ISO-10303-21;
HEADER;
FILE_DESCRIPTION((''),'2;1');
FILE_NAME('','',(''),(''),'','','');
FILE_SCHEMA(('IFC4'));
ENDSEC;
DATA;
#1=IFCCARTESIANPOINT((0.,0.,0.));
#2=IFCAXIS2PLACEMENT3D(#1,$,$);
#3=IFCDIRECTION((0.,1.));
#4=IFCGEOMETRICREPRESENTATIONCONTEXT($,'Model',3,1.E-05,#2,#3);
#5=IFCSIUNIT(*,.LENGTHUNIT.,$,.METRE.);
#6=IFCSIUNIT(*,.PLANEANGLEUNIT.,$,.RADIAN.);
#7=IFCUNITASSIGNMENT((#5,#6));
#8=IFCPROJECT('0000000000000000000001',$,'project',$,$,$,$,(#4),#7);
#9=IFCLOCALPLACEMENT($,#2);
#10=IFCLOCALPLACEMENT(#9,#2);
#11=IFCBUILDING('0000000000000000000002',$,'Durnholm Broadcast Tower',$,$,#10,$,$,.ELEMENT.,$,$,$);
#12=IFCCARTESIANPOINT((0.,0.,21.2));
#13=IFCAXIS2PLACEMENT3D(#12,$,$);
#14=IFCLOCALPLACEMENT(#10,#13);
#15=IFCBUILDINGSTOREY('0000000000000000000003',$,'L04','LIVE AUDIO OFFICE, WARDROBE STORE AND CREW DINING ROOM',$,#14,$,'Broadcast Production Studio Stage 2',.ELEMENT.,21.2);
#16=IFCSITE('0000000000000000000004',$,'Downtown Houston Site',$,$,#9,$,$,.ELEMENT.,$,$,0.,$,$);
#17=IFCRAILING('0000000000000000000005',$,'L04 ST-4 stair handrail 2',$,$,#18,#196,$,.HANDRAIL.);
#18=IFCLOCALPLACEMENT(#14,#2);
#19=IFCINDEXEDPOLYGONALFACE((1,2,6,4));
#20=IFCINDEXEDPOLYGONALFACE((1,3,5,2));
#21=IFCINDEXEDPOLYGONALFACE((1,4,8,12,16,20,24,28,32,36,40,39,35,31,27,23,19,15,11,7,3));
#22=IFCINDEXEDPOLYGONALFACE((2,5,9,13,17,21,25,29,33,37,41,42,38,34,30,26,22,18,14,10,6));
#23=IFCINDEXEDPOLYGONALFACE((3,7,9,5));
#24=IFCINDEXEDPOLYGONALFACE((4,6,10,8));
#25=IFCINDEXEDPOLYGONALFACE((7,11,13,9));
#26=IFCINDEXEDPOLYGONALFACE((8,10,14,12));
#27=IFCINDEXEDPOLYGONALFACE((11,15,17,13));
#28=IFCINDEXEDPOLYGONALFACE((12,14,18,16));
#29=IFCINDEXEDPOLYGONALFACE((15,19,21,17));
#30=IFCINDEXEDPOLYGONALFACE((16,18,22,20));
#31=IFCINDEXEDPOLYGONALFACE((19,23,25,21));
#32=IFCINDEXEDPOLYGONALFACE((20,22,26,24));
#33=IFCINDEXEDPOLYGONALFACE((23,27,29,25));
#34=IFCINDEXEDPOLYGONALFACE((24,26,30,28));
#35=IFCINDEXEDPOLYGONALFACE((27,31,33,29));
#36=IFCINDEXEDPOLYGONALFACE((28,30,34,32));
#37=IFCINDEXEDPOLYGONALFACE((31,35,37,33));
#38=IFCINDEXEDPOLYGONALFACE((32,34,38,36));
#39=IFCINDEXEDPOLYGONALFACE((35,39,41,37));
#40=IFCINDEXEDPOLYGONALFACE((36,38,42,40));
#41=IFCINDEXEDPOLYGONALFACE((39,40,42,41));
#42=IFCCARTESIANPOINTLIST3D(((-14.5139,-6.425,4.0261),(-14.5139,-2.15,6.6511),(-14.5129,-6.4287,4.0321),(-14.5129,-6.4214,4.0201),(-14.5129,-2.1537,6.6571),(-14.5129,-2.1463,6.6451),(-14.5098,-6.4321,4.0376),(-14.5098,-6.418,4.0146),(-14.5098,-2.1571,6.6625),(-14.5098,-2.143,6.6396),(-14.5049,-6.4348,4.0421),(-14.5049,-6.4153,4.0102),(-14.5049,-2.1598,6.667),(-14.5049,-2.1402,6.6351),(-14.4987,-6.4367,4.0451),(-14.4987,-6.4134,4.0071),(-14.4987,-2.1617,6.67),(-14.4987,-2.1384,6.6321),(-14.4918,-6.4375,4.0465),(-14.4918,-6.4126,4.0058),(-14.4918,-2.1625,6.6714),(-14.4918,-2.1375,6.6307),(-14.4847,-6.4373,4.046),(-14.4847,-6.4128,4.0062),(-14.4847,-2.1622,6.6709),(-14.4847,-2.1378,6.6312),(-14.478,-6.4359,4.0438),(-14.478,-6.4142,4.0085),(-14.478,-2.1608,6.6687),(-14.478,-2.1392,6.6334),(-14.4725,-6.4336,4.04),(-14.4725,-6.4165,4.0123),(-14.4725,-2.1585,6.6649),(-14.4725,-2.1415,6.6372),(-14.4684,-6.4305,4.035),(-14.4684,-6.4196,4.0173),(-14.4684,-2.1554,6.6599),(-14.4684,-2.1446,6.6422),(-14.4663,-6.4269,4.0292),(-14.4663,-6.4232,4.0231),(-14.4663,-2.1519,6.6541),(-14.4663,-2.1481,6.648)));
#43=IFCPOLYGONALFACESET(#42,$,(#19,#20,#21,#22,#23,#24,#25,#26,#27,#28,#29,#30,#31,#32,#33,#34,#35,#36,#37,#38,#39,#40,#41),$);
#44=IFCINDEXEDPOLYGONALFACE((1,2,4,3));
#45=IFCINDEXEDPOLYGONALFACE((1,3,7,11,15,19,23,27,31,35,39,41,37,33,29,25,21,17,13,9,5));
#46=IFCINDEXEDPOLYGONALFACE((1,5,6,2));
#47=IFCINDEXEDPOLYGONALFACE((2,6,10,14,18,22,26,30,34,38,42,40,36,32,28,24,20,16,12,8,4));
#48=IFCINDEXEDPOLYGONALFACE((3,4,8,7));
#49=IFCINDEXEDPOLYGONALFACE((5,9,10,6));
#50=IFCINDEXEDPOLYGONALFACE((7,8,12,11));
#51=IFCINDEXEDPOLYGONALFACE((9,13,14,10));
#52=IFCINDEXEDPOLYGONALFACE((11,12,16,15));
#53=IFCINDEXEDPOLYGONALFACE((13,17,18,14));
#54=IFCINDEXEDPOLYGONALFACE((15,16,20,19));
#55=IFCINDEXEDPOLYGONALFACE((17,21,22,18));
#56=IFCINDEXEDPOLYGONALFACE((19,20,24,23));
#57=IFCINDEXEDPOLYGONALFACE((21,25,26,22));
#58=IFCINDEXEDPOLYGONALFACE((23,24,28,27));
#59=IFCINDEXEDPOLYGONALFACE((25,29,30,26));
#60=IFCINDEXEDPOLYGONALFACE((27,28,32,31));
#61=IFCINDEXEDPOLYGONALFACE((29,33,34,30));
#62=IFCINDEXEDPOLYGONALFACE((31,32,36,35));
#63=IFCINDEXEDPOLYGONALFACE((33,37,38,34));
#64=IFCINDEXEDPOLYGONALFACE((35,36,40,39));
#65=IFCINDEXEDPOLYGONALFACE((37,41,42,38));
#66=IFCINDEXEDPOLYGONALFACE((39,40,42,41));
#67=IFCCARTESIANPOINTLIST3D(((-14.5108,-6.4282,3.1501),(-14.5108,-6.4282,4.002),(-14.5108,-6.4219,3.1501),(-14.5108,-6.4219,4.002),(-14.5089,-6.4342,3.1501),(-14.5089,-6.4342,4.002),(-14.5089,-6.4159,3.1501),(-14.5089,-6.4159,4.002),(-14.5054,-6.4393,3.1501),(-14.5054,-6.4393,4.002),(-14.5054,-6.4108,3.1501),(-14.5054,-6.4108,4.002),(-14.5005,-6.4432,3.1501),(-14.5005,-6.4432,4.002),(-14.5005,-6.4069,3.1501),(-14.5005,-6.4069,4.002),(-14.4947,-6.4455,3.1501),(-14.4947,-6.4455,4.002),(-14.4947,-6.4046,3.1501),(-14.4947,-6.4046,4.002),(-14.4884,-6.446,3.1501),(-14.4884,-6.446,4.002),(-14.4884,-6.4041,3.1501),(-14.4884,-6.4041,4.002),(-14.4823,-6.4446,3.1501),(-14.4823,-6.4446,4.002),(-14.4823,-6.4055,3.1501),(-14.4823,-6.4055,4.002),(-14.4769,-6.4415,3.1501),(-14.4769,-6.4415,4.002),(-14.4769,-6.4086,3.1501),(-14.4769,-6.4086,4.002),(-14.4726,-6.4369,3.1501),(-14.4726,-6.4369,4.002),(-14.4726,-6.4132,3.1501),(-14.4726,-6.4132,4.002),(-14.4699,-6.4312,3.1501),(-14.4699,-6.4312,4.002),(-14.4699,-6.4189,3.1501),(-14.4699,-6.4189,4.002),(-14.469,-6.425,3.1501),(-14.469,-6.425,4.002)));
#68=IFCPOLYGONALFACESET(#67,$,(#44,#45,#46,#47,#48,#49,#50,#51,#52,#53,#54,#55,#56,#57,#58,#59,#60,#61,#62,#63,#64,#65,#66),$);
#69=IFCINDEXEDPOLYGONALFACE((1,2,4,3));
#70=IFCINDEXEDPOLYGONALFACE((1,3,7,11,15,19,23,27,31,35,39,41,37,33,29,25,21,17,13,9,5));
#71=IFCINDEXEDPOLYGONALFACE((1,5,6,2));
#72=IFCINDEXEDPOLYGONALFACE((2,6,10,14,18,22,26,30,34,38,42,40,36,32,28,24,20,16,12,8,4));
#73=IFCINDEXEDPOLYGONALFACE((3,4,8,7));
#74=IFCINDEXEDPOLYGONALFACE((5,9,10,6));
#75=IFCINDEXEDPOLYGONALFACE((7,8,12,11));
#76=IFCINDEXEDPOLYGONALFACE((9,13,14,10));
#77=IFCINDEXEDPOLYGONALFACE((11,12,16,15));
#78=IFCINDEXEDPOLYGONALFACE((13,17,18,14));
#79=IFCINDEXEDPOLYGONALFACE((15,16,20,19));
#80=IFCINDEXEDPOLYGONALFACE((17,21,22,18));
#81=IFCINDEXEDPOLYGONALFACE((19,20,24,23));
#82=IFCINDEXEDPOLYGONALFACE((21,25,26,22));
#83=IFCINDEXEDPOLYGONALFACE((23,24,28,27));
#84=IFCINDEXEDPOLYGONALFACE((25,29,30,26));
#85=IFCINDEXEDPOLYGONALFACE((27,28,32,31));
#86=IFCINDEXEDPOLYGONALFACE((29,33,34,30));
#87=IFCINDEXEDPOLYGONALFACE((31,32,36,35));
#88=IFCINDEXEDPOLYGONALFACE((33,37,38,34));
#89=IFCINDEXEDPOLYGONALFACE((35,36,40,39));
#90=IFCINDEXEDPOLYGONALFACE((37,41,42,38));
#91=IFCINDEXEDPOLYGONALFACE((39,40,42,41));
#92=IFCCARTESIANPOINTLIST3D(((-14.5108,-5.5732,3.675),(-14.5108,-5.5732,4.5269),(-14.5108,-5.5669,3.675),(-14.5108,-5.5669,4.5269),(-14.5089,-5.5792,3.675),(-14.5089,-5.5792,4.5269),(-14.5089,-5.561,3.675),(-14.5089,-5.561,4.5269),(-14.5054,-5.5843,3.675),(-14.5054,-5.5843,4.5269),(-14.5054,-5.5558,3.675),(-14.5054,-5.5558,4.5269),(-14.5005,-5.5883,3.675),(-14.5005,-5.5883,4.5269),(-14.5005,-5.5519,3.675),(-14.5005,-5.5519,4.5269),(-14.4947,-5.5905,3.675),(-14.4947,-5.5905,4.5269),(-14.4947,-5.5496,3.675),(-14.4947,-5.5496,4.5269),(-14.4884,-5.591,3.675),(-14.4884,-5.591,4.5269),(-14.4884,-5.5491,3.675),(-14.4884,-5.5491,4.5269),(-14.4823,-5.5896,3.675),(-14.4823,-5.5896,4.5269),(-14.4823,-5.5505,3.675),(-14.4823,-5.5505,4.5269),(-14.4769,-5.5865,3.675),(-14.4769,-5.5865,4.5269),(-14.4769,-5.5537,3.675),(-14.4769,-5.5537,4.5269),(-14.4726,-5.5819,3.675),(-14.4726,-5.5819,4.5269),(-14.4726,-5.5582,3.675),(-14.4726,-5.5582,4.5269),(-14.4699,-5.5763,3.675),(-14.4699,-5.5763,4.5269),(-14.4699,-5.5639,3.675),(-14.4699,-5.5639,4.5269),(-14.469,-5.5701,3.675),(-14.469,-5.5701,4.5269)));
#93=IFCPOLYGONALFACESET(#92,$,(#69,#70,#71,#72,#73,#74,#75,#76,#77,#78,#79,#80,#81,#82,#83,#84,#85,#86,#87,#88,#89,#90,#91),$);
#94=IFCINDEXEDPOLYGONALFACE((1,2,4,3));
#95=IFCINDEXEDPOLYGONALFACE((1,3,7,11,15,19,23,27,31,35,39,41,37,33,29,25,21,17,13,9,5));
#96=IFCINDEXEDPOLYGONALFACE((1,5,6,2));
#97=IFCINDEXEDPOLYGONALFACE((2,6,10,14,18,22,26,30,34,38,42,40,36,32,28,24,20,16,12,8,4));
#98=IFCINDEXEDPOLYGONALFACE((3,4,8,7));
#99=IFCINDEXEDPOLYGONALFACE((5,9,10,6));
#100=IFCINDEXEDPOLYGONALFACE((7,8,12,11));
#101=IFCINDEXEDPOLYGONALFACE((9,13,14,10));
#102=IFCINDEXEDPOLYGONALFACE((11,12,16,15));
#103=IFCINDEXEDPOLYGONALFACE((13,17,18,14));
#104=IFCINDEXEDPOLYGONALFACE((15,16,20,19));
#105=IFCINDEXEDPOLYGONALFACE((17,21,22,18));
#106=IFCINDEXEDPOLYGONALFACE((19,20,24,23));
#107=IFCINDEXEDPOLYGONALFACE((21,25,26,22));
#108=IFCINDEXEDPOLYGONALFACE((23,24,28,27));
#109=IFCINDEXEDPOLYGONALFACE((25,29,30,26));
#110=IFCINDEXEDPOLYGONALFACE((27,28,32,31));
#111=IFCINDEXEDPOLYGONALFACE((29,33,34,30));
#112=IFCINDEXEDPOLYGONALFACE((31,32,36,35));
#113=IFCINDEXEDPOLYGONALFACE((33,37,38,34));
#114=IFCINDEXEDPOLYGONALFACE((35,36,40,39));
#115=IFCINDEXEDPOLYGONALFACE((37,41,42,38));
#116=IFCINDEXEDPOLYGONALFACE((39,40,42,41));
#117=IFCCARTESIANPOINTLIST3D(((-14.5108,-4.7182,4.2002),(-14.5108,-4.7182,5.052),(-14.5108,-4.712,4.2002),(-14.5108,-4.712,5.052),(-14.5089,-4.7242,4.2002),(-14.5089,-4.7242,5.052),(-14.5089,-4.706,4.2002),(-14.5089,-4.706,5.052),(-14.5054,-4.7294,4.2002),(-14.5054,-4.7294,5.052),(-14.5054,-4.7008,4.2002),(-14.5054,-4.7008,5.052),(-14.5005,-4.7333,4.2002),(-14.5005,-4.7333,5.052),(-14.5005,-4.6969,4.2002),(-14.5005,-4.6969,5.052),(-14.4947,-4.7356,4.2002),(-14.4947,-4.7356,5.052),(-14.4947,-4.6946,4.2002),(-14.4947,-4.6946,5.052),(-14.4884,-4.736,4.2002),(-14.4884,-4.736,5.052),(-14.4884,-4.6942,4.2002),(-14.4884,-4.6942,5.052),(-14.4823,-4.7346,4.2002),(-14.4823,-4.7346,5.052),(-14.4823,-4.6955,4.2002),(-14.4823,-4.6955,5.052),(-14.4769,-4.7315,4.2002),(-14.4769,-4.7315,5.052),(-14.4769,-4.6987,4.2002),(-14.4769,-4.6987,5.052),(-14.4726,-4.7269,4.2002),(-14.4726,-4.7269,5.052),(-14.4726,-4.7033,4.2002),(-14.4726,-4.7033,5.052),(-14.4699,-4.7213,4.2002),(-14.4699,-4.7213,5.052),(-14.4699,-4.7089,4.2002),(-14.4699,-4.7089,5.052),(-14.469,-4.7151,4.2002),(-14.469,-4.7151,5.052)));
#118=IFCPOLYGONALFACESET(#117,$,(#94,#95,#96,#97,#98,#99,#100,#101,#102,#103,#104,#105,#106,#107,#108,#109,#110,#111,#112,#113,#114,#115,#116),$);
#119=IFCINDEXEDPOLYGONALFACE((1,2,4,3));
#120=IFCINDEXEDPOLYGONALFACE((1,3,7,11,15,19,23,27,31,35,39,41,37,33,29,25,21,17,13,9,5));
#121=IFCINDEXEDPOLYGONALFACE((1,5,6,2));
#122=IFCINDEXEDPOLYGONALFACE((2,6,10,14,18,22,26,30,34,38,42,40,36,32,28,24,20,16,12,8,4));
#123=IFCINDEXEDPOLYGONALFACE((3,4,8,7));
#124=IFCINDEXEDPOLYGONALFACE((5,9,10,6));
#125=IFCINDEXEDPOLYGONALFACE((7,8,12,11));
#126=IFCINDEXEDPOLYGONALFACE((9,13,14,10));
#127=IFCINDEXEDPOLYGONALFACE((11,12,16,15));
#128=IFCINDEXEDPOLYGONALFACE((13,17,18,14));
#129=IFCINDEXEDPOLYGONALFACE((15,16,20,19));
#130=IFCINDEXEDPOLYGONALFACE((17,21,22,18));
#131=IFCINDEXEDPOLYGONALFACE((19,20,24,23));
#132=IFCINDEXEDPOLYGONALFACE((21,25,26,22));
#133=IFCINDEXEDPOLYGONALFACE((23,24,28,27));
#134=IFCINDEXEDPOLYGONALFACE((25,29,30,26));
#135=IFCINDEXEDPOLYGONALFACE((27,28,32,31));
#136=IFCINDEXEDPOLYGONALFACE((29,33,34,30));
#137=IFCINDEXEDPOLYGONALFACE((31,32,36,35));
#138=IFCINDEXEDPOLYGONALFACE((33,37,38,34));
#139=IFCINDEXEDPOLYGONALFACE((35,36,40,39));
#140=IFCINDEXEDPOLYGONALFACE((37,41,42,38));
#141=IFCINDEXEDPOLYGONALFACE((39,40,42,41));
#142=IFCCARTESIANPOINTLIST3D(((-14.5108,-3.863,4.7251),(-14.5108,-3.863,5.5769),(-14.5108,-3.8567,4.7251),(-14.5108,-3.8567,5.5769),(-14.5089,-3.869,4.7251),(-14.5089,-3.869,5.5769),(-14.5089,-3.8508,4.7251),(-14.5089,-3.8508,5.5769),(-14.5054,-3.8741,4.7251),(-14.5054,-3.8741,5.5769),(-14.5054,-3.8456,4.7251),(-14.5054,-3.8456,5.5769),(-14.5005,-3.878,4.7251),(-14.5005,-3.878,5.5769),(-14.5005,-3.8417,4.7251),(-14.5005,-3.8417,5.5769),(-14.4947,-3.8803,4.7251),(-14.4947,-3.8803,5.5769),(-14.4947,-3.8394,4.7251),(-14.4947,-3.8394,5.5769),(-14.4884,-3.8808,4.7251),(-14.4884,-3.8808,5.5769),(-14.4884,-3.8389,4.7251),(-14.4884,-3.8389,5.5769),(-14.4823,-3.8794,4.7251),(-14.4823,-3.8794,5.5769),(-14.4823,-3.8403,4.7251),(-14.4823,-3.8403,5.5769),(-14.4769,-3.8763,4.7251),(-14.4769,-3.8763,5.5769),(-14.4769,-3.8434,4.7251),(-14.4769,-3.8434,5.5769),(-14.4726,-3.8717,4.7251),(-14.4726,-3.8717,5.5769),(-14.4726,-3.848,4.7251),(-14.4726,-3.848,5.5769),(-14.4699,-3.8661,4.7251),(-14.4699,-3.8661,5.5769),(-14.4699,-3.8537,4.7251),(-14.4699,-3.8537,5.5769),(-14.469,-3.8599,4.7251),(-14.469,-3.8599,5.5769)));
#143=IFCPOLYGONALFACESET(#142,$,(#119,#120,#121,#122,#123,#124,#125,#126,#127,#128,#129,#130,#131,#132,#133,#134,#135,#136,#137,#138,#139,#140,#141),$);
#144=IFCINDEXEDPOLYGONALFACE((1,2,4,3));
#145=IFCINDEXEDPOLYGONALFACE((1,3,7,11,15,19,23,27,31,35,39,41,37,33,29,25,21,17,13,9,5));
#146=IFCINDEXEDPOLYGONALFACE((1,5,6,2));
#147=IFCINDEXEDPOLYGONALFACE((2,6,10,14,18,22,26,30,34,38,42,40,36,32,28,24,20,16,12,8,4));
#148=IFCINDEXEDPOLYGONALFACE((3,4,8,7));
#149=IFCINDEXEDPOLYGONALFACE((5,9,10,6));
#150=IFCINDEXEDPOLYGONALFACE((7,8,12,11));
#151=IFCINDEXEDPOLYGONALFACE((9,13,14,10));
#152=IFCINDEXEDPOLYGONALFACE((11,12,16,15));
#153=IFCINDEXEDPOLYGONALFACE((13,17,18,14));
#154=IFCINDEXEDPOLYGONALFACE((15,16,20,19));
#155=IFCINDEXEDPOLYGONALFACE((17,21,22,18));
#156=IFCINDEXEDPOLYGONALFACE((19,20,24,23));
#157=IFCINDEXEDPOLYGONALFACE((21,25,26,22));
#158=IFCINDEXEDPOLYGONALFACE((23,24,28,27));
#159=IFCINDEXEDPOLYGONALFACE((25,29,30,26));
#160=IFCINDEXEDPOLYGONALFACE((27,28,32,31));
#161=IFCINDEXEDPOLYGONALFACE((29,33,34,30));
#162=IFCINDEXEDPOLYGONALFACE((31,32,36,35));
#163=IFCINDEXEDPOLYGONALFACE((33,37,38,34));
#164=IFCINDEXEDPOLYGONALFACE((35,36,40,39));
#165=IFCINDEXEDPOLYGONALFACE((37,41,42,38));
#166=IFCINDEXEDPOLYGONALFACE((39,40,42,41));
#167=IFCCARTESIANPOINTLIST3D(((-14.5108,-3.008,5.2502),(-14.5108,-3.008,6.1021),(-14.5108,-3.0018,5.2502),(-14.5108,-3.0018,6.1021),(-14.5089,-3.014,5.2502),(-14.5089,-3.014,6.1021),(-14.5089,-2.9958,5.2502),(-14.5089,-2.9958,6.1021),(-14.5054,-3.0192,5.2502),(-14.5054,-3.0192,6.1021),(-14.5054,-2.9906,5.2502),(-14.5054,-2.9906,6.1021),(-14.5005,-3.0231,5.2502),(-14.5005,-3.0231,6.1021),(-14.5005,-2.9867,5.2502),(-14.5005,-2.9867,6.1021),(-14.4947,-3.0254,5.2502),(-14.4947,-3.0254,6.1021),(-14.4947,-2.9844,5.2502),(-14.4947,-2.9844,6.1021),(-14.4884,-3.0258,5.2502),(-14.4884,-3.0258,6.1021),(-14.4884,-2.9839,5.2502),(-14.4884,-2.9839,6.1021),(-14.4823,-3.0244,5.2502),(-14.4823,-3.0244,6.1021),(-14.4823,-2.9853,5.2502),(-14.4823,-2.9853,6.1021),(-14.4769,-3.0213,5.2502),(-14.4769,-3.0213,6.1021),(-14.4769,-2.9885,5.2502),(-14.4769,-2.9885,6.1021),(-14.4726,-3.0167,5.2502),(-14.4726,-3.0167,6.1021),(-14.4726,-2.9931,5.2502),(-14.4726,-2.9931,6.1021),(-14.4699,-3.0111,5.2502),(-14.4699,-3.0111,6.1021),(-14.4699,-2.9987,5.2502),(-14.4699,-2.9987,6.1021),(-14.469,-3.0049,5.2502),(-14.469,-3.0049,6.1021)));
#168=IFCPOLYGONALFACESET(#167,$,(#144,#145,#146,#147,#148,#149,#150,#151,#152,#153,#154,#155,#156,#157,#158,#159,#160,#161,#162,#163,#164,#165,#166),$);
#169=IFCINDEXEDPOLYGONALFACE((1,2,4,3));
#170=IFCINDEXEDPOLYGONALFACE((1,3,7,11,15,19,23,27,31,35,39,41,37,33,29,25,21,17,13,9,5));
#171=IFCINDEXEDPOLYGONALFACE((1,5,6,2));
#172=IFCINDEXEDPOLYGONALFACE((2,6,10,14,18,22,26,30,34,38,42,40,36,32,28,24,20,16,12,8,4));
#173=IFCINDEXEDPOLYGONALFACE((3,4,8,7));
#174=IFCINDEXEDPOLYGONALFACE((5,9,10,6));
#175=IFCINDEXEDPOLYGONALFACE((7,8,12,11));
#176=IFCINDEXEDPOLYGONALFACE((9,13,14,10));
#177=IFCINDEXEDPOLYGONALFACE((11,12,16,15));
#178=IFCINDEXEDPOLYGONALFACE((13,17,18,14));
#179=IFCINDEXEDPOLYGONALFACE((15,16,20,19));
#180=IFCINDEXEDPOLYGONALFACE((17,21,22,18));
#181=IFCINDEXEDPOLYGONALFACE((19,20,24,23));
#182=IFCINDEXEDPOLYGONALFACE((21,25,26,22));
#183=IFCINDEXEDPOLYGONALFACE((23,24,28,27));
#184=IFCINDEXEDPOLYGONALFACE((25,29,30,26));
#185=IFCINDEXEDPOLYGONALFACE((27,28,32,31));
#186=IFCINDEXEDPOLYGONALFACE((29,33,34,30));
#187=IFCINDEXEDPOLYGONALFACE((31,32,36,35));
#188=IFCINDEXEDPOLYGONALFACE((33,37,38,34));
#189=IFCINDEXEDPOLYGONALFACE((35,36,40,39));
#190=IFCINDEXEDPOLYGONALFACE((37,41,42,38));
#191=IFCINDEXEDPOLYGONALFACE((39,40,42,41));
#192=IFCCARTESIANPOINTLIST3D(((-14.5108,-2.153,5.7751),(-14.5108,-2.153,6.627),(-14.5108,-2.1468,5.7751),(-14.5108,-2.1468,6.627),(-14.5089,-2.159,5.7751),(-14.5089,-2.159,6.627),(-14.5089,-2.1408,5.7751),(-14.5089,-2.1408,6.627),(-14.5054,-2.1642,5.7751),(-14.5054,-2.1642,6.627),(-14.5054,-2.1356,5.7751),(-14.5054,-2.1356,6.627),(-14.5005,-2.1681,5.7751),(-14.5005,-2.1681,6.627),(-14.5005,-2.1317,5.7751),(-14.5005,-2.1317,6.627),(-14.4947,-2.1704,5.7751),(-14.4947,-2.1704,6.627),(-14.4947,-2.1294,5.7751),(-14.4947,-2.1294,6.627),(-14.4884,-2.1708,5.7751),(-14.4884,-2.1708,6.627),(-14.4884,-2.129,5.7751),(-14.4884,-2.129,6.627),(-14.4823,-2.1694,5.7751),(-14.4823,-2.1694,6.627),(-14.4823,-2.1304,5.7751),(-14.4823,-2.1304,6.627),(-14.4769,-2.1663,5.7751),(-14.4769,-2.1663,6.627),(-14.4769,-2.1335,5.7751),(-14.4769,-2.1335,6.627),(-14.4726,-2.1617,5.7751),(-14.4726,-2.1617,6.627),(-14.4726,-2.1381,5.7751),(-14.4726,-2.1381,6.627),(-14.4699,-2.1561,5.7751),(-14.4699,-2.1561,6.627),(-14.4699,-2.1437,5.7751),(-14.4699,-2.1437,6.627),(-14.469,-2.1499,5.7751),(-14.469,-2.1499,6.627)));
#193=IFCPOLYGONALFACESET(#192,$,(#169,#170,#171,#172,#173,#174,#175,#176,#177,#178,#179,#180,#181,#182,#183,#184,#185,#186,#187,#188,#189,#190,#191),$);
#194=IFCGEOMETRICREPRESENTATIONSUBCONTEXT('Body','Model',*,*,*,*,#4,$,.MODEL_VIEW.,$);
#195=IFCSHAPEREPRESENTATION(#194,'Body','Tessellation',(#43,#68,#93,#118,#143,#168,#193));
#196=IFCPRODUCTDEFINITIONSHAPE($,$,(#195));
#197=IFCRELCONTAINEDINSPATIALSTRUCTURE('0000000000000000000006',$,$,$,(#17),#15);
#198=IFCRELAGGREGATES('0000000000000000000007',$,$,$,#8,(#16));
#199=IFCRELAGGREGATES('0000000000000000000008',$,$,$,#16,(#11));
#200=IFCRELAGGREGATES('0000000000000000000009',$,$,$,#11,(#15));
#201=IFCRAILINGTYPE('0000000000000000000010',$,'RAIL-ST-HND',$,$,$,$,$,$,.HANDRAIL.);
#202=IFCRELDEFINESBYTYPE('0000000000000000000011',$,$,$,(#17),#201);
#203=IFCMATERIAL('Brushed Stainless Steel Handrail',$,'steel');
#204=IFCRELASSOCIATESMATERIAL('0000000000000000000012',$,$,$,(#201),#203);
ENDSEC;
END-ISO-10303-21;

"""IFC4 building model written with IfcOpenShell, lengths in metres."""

from ifc_helpers import new_model, si_unit, direction, frame, origin, origin_2d, place, context, subcontext, project, spatial, circle, extrude, material, type_object, element, save


model = new_model("IFC4")

# Units and contexts
model_context = context("Model", 3, precision=1e-05, world=origin(), true_north=direction((0.0, 1.0)))
body_context = subcontext(model_context, "Body", "Model", "MODEL_VIEW")
ifc_project = project(units=[si_unit("LENGTHUNIT", "METRE"), si_unit("PLANEANGLEUNIT", "RADIAN")], contexts=[model_context])

# Site, building, storey
site_placement = place(None, origin())
site = spatial("IfcSite", under=ifc_project, at=site_placement, Name="Downtown Houston Site", CompositionType="ELEMENT", RefElevation=0.0)
building_placement = place(site_placement, origin())
building = spatial("IfcBuilding", under=site, at=building_placement, Name="Durnholm Broadcast Tower", CompositionType="ELEMENT")
storey_placement = place(building_placement, frame((0.0, 0.0, 21.2)))
storey = spatial("IfcBuildingStorey", under=building, at=storey_placement, Name="L04", Description="LIVE AUDIO OFFICE, WARDROBE STORE AND CREW DINING ROOM", LongName="Broadcast Production Studio Stage 2", CompositionType="ELEMENT", Elevation=21.2)

# Railing
ifc_material_1 = material(Name="Brushed Stainless Steel Handrail", Category="steel")
railing_type_1 = type_object("IfcRailingType", Name="RAIL-ST-HND", PredefinedType="HANDRAIL", material=ifc_material_1)
railing_1_placement = place(storey_placement, frame((-14.49, -6.425, 3.1501)))
element("IfcRailing", 1, at=railing_1_placement, inside=storey, type_object=railing_type_1, Name="L04 ST-4 stair handrail 2", PredefinedType="HANDRAIL", context=body_context, shape_type="SweptSolid", body=[
    extrude(circle(Radius=0.0239, at=origin_2d()), frame((0.0, 0.0, 0.876), z_axis=(0.0, 0.852179, 0.52325), x_axis=(-1.0, 0.0, 0.0)), (0.0, 0.0, 1.0), 5.0166),
    extrude(circle(Radius=0.021, at=origin_2d()), origin(), (0.0, 0.0, 1.0), 0.8518),
    extrude(circle(Radius=0.021, at=origin_2d()), frame((0.0, 0.855, 0.5249)), (0.0, 0.0, 1.0), 0.8518),
    extrude(circle(Radius=0.021, at=origin_2d()), frame((0.0, 1.71, 1.05)), (0.0, 0.0, 1.0), 0.8518),
    extrude(circle(Radius=0.021, at=origin_2d()), frame((0.0, 2.5652, 1.575)), (0.0, 0.0, 1.0), 0.8518),
    extrude(circle(Radius=0.021, at=origin_2d()), frame((0.0, 3.4202, 2.1001)), (0.0, 0.0, 1.0), 0.8518),
    extrude(circle(Radius=0.021, at=origin_2d()), frame((0.0, 4.2751, 2.625)), (0.0, 0.0, 1.0), 0.8518),
])

save(model, "model.ifc")
